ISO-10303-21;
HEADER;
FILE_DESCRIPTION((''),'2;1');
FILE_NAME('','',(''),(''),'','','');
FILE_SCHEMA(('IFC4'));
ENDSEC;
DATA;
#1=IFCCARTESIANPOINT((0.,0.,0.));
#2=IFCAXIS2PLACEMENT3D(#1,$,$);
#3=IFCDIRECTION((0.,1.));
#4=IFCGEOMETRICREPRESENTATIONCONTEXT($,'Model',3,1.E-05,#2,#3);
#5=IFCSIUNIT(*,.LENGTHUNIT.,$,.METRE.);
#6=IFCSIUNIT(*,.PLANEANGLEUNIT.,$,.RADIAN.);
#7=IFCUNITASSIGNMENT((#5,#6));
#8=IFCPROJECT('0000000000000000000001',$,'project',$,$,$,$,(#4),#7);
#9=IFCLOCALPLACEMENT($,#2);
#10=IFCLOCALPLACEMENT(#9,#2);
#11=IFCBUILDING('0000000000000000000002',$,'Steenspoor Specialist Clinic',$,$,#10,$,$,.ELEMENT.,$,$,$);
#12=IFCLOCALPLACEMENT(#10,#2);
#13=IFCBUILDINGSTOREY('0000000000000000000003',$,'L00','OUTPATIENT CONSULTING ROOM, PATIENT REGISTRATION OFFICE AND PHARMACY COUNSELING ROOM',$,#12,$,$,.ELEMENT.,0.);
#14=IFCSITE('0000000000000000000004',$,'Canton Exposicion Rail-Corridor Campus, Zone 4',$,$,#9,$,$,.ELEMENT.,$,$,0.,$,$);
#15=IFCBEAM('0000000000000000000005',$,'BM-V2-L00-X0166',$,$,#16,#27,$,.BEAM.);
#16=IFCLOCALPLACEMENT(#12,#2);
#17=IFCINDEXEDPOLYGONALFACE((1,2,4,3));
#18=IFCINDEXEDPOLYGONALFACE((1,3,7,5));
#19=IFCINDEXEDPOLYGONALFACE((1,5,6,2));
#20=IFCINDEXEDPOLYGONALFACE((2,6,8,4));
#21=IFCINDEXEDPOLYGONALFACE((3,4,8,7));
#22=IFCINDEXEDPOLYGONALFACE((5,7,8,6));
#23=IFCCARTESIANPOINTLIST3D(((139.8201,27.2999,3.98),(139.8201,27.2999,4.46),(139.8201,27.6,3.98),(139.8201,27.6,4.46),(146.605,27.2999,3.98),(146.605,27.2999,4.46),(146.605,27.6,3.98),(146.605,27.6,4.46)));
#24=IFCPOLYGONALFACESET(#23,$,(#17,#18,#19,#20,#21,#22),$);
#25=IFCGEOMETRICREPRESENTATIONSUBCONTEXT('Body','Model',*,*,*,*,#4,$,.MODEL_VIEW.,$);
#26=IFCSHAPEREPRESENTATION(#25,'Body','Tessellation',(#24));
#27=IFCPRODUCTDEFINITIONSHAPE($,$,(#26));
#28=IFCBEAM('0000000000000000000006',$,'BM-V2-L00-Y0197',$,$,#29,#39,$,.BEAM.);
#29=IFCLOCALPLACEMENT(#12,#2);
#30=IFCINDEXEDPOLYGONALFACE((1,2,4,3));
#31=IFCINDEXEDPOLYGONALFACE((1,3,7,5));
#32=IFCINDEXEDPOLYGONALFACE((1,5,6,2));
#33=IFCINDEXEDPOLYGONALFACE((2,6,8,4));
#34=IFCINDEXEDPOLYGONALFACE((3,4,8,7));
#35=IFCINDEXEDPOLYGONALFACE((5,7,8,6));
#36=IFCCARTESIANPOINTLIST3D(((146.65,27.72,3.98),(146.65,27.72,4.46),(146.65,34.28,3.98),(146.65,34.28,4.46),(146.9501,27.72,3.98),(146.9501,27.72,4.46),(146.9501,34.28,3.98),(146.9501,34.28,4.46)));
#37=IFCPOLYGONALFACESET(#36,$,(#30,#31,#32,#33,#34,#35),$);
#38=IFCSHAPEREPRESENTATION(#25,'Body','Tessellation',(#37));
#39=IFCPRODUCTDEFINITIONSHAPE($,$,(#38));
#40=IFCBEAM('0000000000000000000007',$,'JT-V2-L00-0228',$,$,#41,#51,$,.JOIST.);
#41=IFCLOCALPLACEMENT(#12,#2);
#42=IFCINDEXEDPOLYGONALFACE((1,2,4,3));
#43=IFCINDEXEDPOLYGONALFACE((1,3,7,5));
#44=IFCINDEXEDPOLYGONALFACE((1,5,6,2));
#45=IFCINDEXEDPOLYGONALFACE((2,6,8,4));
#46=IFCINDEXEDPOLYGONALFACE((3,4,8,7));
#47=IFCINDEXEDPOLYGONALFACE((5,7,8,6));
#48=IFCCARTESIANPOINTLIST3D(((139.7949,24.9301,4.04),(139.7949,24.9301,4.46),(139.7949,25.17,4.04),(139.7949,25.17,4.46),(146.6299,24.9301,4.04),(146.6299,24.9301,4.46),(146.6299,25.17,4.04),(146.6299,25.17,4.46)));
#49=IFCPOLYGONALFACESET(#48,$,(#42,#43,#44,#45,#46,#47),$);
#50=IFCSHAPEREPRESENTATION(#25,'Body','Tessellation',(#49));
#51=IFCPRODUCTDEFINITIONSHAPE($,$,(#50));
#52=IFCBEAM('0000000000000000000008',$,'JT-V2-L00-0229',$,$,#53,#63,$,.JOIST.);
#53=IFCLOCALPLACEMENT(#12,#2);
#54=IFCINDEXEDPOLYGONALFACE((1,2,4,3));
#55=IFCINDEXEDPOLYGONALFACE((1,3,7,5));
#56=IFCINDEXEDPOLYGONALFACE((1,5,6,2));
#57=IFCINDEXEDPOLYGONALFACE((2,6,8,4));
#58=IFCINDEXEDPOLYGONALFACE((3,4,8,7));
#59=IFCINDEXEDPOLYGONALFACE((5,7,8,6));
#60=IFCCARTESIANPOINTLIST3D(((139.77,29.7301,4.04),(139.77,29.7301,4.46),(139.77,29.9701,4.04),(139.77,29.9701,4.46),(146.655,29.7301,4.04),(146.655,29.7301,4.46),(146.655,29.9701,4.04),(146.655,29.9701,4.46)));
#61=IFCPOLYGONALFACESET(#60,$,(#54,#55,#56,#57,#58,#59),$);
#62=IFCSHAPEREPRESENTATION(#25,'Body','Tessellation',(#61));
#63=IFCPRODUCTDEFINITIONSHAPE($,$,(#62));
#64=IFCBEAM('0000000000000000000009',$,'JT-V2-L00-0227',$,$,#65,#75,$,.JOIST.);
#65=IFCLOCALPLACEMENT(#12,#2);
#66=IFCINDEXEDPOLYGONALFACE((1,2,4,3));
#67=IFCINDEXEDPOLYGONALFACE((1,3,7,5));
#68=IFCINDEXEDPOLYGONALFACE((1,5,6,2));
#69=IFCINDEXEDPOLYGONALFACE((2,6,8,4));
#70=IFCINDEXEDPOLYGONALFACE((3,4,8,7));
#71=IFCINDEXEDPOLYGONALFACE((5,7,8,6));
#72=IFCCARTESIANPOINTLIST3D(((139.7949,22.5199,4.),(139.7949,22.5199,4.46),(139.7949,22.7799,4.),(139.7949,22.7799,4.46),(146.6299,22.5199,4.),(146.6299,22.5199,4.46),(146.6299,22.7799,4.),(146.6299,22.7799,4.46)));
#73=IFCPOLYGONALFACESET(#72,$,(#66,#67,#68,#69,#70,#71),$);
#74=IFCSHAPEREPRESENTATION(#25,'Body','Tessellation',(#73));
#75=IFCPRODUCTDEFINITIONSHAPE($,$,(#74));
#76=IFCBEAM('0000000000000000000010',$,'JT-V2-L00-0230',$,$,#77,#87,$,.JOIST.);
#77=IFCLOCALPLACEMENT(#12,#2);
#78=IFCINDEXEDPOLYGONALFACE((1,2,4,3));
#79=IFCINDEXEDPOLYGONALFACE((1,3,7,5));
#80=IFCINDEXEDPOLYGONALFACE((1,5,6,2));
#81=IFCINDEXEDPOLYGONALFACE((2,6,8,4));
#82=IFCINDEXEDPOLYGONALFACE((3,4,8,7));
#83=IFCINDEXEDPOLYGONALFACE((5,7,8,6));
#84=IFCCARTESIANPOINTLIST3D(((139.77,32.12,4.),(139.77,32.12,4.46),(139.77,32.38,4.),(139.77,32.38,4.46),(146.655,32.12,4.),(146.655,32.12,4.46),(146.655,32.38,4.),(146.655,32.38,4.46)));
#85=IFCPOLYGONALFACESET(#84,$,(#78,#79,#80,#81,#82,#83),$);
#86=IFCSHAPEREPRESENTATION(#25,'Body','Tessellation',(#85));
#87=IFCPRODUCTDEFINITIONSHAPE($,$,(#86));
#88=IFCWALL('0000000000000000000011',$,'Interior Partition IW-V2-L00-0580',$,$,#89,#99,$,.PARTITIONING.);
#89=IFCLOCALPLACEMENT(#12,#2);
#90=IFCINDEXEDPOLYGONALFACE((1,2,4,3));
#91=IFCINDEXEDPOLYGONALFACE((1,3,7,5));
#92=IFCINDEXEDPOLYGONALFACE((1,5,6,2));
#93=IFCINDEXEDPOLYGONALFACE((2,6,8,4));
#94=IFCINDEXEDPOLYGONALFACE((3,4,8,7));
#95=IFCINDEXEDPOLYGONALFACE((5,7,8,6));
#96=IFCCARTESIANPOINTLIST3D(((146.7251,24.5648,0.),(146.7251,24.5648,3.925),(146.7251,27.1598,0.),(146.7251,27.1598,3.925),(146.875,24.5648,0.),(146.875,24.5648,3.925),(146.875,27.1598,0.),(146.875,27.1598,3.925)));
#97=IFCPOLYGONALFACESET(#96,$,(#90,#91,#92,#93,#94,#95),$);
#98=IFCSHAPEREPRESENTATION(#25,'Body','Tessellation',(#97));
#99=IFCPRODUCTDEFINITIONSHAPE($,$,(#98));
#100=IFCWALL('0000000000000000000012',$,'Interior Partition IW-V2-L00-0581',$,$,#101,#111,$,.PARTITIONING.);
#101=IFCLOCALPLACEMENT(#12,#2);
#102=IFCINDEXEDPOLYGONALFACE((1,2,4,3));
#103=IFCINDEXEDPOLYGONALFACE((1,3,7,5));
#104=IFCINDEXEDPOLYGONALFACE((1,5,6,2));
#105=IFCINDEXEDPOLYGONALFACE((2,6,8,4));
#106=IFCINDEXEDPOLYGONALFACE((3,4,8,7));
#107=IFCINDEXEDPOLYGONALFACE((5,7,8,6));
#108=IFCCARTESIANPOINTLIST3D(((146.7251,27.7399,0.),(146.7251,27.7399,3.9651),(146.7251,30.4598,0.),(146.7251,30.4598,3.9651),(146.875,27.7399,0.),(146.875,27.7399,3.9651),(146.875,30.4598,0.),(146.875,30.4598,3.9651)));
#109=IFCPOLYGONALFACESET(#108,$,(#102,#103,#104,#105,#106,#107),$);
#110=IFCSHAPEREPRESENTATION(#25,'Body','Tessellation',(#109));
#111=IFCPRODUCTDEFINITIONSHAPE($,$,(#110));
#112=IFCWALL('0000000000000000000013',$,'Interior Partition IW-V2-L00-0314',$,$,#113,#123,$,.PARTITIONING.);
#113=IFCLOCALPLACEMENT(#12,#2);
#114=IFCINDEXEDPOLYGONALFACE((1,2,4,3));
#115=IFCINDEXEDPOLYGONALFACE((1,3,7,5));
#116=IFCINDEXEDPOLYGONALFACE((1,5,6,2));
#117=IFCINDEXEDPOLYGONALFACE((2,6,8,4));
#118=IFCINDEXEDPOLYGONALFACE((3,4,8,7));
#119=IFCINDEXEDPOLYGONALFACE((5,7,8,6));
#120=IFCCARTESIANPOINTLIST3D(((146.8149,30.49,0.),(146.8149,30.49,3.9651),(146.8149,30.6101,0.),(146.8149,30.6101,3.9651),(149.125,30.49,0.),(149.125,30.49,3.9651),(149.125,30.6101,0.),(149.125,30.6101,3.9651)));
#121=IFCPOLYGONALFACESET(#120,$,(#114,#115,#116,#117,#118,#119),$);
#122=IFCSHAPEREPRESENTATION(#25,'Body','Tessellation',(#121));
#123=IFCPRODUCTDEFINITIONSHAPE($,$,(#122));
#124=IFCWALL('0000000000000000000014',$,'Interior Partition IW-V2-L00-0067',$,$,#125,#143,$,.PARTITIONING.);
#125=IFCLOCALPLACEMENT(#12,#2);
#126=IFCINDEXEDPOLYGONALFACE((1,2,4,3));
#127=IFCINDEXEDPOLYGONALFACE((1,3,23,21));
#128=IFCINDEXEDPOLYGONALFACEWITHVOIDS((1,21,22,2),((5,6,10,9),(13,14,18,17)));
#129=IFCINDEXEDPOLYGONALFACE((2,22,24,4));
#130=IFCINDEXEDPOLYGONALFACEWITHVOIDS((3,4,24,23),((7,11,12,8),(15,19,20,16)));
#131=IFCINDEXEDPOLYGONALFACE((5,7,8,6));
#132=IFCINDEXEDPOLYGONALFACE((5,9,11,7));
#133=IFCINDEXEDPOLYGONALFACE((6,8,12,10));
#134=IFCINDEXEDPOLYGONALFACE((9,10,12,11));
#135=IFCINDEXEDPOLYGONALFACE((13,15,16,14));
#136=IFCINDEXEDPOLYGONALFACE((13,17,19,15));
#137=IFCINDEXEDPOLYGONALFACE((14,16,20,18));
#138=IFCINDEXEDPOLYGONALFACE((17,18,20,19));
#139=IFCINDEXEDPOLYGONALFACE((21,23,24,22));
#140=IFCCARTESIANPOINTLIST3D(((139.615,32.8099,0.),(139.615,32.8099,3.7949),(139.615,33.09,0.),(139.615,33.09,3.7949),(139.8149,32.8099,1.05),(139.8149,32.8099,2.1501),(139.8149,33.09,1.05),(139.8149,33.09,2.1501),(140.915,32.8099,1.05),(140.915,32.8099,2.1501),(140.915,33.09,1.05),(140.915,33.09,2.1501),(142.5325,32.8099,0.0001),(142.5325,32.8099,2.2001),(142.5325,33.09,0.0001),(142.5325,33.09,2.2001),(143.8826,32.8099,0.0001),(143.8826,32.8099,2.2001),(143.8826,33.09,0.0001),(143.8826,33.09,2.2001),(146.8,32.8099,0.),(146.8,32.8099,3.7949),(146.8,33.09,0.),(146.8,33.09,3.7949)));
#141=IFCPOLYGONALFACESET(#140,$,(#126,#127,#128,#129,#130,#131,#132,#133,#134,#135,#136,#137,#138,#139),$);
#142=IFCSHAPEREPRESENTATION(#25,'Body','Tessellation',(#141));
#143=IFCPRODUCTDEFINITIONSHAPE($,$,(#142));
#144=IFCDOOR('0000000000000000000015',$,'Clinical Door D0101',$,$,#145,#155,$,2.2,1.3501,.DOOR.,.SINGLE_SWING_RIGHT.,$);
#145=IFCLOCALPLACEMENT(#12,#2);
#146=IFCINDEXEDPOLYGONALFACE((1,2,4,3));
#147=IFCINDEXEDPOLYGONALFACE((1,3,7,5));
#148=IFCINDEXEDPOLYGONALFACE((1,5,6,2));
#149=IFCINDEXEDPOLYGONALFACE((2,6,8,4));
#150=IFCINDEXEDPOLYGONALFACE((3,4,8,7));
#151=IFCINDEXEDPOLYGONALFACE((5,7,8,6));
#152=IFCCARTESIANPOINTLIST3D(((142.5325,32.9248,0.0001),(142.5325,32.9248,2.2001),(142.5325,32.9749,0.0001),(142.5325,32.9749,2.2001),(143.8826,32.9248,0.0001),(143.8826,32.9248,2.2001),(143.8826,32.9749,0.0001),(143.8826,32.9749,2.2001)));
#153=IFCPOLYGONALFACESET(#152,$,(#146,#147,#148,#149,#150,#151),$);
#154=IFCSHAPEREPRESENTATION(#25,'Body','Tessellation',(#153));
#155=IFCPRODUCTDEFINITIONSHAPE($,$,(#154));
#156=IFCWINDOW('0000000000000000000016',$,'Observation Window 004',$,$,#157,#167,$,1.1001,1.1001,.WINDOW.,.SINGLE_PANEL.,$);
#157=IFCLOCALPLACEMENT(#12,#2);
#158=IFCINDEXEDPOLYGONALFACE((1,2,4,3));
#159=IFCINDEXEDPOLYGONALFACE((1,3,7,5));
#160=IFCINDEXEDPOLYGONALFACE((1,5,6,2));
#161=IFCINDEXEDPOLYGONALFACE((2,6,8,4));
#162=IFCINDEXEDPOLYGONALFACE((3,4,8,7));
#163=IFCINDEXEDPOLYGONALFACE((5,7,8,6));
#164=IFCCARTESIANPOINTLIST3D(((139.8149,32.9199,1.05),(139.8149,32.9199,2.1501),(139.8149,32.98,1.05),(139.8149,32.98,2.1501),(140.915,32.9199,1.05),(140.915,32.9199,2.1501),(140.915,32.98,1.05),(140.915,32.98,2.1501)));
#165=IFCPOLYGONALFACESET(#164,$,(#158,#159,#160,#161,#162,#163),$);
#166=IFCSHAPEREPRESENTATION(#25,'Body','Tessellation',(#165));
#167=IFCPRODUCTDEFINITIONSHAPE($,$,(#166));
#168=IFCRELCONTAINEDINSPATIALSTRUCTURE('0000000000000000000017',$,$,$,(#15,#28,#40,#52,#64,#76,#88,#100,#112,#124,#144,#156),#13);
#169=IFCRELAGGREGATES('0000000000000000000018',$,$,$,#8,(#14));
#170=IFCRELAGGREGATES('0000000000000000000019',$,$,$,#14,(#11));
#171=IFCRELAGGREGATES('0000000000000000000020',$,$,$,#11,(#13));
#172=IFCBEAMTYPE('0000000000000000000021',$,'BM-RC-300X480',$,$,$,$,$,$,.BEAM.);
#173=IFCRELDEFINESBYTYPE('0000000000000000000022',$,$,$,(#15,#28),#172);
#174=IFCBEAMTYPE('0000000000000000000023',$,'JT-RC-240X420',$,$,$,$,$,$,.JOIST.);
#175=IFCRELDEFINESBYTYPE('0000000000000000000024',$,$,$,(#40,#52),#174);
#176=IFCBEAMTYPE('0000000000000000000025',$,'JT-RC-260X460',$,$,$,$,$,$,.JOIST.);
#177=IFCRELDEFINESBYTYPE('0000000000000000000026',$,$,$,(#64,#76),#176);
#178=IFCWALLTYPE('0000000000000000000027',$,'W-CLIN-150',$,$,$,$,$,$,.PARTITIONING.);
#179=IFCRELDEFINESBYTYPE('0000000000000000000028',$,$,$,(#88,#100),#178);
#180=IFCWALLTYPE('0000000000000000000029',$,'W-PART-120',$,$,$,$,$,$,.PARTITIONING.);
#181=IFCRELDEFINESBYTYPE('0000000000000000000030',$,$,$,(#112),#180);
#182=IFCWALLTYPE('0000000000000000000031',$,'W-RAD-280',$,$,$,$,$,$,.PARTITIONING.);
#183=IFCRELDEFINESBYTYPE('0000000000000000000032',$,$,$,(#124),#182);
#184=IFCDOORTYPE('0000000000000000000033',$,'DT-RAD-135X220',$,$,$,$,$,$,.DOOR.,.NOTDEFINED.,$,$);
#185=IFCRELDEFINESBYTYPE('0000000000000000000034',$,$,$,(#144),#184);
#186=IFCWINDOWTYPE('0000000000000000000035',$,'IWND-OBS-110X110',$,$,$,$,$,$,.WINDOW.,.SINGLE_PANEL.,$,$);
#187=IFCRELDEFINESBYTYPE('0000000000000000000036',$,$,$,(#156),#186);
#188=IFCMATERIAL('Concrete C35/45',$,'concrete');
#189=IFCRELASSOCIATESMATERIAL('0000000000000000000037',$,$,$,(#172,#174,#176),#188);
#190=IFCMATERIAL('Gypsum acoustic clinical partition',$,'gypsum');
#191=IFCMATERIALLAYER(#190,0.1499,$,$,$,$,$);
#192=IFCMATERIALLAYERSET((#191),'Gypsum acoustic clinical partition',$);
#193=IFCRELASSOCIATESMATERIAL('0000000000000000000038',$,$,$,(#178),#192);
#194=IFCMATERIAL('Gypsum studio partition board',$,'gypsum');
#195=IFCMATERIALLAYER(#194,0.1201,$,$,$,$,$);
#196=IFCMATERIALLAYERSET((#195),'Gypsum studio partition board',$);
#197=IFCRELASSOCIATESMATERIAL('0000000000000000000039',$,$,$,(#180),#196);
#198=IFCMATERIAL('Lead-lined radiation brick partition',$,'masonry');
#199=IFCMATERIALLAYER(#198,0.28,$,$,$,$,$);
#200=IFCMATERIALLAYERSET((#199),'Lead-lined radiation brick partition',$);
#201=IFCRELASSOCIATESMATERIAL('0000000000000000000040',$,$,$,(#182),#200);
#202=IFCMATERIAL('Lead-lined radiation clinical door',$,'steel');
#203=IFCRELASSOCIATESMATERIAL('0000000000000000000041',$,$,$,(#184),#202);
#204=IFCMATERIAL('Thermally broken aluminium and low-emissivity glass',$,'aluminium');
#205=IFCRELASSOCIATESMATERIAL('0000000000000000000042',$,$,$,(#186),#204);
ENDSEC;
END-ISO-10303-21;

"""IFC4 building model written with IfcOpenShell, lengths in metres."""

from ifc_helpers import new_model, si_unit, direction, frame, frame_2d, origin, origin_2d, place, context, subcontext, project, spatial, rectangle, extrude, material, layer, layer_set, material_profile, profile_set, type_object, element, fill, save


model = new_model("IFC4")

# Units and contexts
model_context = context("Model", 3, precision=1e-05, world=origin(), true_north=direction((0.0, 1.0)))
body_context = subcontext(model_context, "Body", "Model", "MODEL_VIEW")
ifc_project = project(units=[si_unit("LENGTHUNIT", "METRE"), si_unit("PLANEANGLEUNIT", "RADIAN")], contexts=[model_context])

# Site, building, storey
site_placement = place(None, origin())
site = spatial("IfcSite", under=ifc_project, at=site_placement, Name="Canton Exposicion Rail-Corridor Campus, Zone 4", CompositionType="ELEMENT", RefElevation=0.0)
building_placement = place(site_placement, origin())
building = spatial("IfcBuilding", under=site, at=building_placement, Name="Steenspoor Specialist Clinic", CompositionType="ELEMENT")
storey_placement = place(building_placement, origin())
storey = spatial("IfcBuildingStorey", under=building, at=storey_placement, Name="L00", Description="OUTPATIENT CONSULTING ROOM, PATIENT REGISTRATION OFFICE AND PHARMACY COUNSELING ROOM", CompositionType="ELEMENT", Elevation=0.0)

# Shared definitions
ifc_material_1 = material(Name="Concrete C35/45", Category="concrete")

# Beams
ifc_material_profile_1 = material_profile(ifc_material_1, rectangle(XDim=0.3, YDim=0.48, at=origin_2d()), Name="RC-BM-300X480")
ifc_profile_set_1 = profile_set([ifc_material_profile_1], Name="Concrete C35/45")
beam_type_1 = type_object("IfcBeamType", Name="BM-RC-300X480", PredefinedType="BEAM", material=ifc_profile_set_1)
beam_1_placement = place(storey_placement, frame((139.8201, 27.45, 4.22), z_axis=(1.0, 0.0, 0.0), x_axis=(0.0, 1.0, 0.0)))
element("IfcBeam", 1, at=beam_1_placement, inside=storey, type_object=beam_type_1, Name="BM-V2-L00-X0166", PredefinedType="BEAM", context=body_context, shape_type="SweptSolid", body=[
    extrude(rectangle(XDim=0.3, YDim=0.48, at=origin_2d()), origin(), (0.0, 0.0, 1.0), 6.7849),
])
beam_2_placement = place(storey_placement, frame((146.8, 27.72, 4.22), z_axis=(0.0, 1.0, 0.0), x_axis=(-1.0, 0.0, 0.0)))
element("IfcBeam", 2, at=beam_2_placement, inside=storey, type_object=beam_type_1, Name="BM-V2-L00-Y0197", PredefinedType="BEAM", context=body_context, shape_type="SweptSolid", body=[
    extrude(rectangle(XDim=0.3, YDim=0.48, at=origin_2d()), origin(), (0.0, 0.0, 1.0), 6.5601),
])
ifc_material_profile_2 = material_profile(ifc_material_1, rectangle(XDim=0.24, YDim=0.4199, at=origin_2d()), Name="RC-JT-240X420")
ifc_profile_set_2 = profile_set([ifc_material_profile_2], Name="Concrete C35/45")
beam_type_2 = type_object("IfcBeamType", Name="JT-RC-240X420", PredefinedType="JOIST", material=ifc_profile_set_2)
beam_3_placement = place(storey_placement, frame((139.7949, 25.05, 4.25), z_axis=(1.0, 0.0, 0.0), x_axis=(0.0, 1.0, 0.0)))
element("IfcBeam", 3, at=beam_3_placement, inside=storey, type_object=beam_type_2, Name="JT-V2-L00-0228", PredefinedType="JOIST", context=body_context, shape_type="SweptSolid", body=[
    extrude(rectangle(XDim=0.24, YDim=0.4199, at=origin_2d()), origin(), (0.0, 0.0, 1.0), 6.835),
])
beam_4_placement = place(storey_placement, frame((139.77, 29.8501, 4.25), z_axis=(1.0, 0.0, 0.0), x_axis=(0.0, 1.0, 0.0)))
element("IfcBeam", 4, at=beam_4_placement, inside=storey, type_object=beam_type_2, Name="JT-V2-L00-0229", PredefinedType="JOIST", context=body_context, shape_type="SweptSolid", body=[
    extrude(rectangle(XDim=0.24, YDim=0.4199, at=origin_2d()), origin(), (0.0, 0.0, 1.0), 6.885),
])
ifc_material_profile_3 = material_profile(ifc_material_1, rectangle(XDim=0.26, YDim=0.46, at=origin_2d()), Name="RC-JT-260X460")
ifc_profile_set_3 = profile_set([ifc_material_profile_3], Name="Concrete C35/45")
beam_type_3 = type_object("IfcBeamType", Name="JT-RC-260X460", PredefinedType="JOIST", material=ifc_profile_set_3)
beam_5_placement = place(storey_placement, frame((139.7949, 22.6499, 4.23), z_axis=(1.0, 0.0, 0.0), x_axis=(0.0, 1.0, 0.0)))
element("IfcBeam", 5, at=beam_5_placement, inside=storey, type_object=beam_type_3, Name="JT-V2-L00-0227", PredefinedType="JOIST", context=body_context, shape_type="SweptSolid", body=[
    extrude(rectangle(XDim=0.26, YDim=0.46, at=origin_2d()), origin(), (0.0, 0.0, 1.0), 6.835),
])
beam_6_placement = place(storey_placement, frame((139.77, 32.25, 4.23), z_axis=(1.0, 0.0, 0.0), x_axis=(0.0, 1.0, 0.0)))
element("IfcBeam", 6, at=beam_6_placement, inside=storey, type_object=beam_type_3, Name="JT-V2-L00-0230", PredefinedType="JOIST", context=body_context, shape_type="SweptSolid", body=[
    extrude(rectangle(XDim=0.26, YDim=0.46, at=origin_2d()), origin(), (0.0, 0.0, 1.0), 6.885),
])

# Walls
ifc_material_2 = material(Name="Gypsum acoustic clinical partition", Category="gypsum")
ifc_layer_1 = layer(ifc_material_2, 0.1499)
ifc_layer_set_1 = layer_set([ifc_layer_1], Name="Gypsum acoustic clinical partition")
wall_type_1 = type_object("IfcWallType", Name="W-CLIN-150", PredefinedType="PARTITIONING", material=ifc_layer_set_1)
wall_1_placement = place(storey_placement, frame((146.8, 24.5649, 0.0), z_axis=(0.0, 0.0, 1.0), x_axis=(0.0, 1.0, 0.0)))
element("IfcWall", 7, at=wall_1_placement, inside=storey, type_object=wall_type_1, Name="Interior Partition IW-V2-L00-0580", PredefinedType="PARTITIONING", context=body_context, shape_type="SweptSolid", body=[
    extrude(rectangle(XDim=2.595, YDim=0.1499, at=frame_2d((1.2974, 0.0))), origin(), (0.0, 0.0, 1.0), 3.925),
])
wall_2_placement = place(storey_placement, frame((146.8, 27.74, 0.0), z_axis=(0.0, 0.0, 1.0), x_axis=(0.0, 1.0, 0.0)))
element("IfcWall", 8, at=wall_2_placement, inside=storey, type_object=wall_type_1, Name="Interior Partition IW-V2-L00-0581", PredefinedType="PARTITIONING", context=body_context, shape_type="SweptSolid", body=[
    extrude(rectangle(XDim=2.72, YDim=0.1499, at=frame_2d((1.3599, 0.0))), origin(), (0.0, 0.0, 1.0), 3.9651),
])
ifc_material_3 = material(Name="Gypsum studio partition board", Category="gypsum")
ifc_layer_2 = layer(ifc_material_3, 0.1201)
ifc_layer_set_2 = layer_set([ifc_layer_2], Name="Gypsum studio partition board")
wall_type_2 = type_object("IfcWallType", Name="W-PART-120", PredefinedType="PARTITIONING", material=ifc_layer_set_2)
wall_3_placement = place(storey_placement, frame((146.8149, 30.55, 0.0), z_axis=(0.0, 0.0, 1.0), x_axis=(1.0, 0.0, 0.0)))
element("IfcWall", 9, at=wall_3_placement, inside=storey, type_object=wall_type_2, Name="Interior Partition IW-V2-L00-0314", PredefinedType="PARTITIONING", context=body_context, shape_type="SweptSolid", body=[
    extrude(rectangle(XDim=2.3101, YDim=0.1201, at=frame_2d((1.155, 0.0))), origin(), (0.0, 0.0, 1.0), 3.9651),
])

# Wall, openings, door, window
ifc_material_4 = material(Name="Lead-lined radiation brick partition", Category="masonry")
ifc_layer_3 = layer(ifc_material_4, 0.28)
ifc_layer_set_3 = layer_set([ifc_layer_3], Name="Lead-lined radiation brick partition")
wall_type_3 = type_object("IfcWallType", Name="W-RAD-280", PredefinedType="PARTITIONING", material=ifc_layer_set_3)
wall_4_placement = place(storey_placement, frame((139.615, 32.95, 0.0), z_axis=(0.0, 0.0, 1.0), x_axis=(1.0, 0.0, 0.0)))
wall_4 = element("IfcWall", 10, at=wall_4_placement, inside=storey, type_object=wall_type_3, Name="Interior Partition IW-V2-L00-0067", PredefinedType="PARTITIONING", context=body_context, shape_type="SweptSolid", body=[
    extrude(rectangle(XDim=7.1851, YDim=0.28, at=frame_2d((3.5925, 0.0))), origin(), (0.0, 0.0, 1.0), 3.7949),
])
opening_1_placement = place(wall_4_placement, frame((2.9175, 0.0, 0.0)))
opening_1 = element("IfcOpeningElement", 11, at=opening_1_placement, cuts=wall_4, PredefinedType="OPENING", context=body_context, shape_type="SweptSolid", body=[
    extrude(rectangle(XDim=1.3501, YDim=2.2, at=frame_2d((0.675, 1.1001))), frame((0.0, 0.1499, 0.0), z_axis=(0.0, -1.0, 0.0), x_axis=(1.0, 0.0, 0.0)), (0.0, 0.0, 1.0), 0.3),
])
opening_2_placement = place(wall_4_placement, frame((0.2, 0.0, 1.05)))
opening_2 = element("IfcOpeningElement", 12, at=opening_2_placement, cuts=wall_4, PredefinedType="OPENING", context=body_context, shape_type="SweptSolid", body=[
    extrude(rectangle(XDim=1.1001, YDim=1.1001, at=frame_2d((0.55, 0.55))), frame((0.0, 0.1499, 0.0), z_axis=(0.0, -1.0, 0.0), x_axis=(1.0, 0.0, 0.0)), (0.0, 0.0, 1.0), 0.3),
])
ifc_material_5 = material(Name="Lead-lined radiation clinical door", Category="steel")
door_type = type_object("IfcDoorType", Name="DT-RAD-135X220", OperationType="NOTDEFINED", PredefinedType="DOOR", material=ifc_material_5)
door_placement = place(opening_1_placement, origin())
door = element("IfcDoor", 13, at=door_placement, inside=storey, type_object=door_type, Name="Clinical Door D0101", OperationType="SINGLE_SWING_RIGHT", OverallHeight=2.2, OverallWidth=1.3501, PredefinedType="DOOR", context=body_context, shape_type="SweptSolid", body=[
    extrude(rectangle(XDim=1.3501, YDim=2.2, at=frame_2d((0.675, 1.1001))), frame((0.0, 0.0249, 0.0), z_axis=(0.0, -1.0, 0.0), x_axis=(1.0, 0.0, 0.0)), (0.0, 0.0, 1.0), 0.05),
])
fill(opening_1, door)
ifc_material_6 = material(Name="Thermally broken aluminium and low-emissivity glass", Category="aluminium")
window_type = type_object("IfcWindowType", Name="IWND-OBS-110X110", PartitioningType="SINGLE_PANEL", PredefinedType="WINDOW", material=ifc_material_6)
window_placement = place(opening_2_placement, origin())
window = element("IfcWindow", 14, at=window_placement, inside=storey, type_object=window_type, Name="Observation Window 004", OverallHeight=1.1001, OverallWidth=1.1001, PartitioningType="SINGLE_PANEL", PredefinedType="WINDOW", context=body_context, shape_type="SweptSolid", body=[
    extrude(rectangle(XDim=1.1001, YDim=1.1001, at=frame_2d((0.55, 0.55))), frame((0.0, 0.03, 0.0), z_axis=(0.0, -1.0, 0.0), x_axis=(1.0, 0.0, 0.0)), (0.0, 0.0, 1.0), 0.0601),
])
fill(opening_2, window)

save(model, "model.ifc")
